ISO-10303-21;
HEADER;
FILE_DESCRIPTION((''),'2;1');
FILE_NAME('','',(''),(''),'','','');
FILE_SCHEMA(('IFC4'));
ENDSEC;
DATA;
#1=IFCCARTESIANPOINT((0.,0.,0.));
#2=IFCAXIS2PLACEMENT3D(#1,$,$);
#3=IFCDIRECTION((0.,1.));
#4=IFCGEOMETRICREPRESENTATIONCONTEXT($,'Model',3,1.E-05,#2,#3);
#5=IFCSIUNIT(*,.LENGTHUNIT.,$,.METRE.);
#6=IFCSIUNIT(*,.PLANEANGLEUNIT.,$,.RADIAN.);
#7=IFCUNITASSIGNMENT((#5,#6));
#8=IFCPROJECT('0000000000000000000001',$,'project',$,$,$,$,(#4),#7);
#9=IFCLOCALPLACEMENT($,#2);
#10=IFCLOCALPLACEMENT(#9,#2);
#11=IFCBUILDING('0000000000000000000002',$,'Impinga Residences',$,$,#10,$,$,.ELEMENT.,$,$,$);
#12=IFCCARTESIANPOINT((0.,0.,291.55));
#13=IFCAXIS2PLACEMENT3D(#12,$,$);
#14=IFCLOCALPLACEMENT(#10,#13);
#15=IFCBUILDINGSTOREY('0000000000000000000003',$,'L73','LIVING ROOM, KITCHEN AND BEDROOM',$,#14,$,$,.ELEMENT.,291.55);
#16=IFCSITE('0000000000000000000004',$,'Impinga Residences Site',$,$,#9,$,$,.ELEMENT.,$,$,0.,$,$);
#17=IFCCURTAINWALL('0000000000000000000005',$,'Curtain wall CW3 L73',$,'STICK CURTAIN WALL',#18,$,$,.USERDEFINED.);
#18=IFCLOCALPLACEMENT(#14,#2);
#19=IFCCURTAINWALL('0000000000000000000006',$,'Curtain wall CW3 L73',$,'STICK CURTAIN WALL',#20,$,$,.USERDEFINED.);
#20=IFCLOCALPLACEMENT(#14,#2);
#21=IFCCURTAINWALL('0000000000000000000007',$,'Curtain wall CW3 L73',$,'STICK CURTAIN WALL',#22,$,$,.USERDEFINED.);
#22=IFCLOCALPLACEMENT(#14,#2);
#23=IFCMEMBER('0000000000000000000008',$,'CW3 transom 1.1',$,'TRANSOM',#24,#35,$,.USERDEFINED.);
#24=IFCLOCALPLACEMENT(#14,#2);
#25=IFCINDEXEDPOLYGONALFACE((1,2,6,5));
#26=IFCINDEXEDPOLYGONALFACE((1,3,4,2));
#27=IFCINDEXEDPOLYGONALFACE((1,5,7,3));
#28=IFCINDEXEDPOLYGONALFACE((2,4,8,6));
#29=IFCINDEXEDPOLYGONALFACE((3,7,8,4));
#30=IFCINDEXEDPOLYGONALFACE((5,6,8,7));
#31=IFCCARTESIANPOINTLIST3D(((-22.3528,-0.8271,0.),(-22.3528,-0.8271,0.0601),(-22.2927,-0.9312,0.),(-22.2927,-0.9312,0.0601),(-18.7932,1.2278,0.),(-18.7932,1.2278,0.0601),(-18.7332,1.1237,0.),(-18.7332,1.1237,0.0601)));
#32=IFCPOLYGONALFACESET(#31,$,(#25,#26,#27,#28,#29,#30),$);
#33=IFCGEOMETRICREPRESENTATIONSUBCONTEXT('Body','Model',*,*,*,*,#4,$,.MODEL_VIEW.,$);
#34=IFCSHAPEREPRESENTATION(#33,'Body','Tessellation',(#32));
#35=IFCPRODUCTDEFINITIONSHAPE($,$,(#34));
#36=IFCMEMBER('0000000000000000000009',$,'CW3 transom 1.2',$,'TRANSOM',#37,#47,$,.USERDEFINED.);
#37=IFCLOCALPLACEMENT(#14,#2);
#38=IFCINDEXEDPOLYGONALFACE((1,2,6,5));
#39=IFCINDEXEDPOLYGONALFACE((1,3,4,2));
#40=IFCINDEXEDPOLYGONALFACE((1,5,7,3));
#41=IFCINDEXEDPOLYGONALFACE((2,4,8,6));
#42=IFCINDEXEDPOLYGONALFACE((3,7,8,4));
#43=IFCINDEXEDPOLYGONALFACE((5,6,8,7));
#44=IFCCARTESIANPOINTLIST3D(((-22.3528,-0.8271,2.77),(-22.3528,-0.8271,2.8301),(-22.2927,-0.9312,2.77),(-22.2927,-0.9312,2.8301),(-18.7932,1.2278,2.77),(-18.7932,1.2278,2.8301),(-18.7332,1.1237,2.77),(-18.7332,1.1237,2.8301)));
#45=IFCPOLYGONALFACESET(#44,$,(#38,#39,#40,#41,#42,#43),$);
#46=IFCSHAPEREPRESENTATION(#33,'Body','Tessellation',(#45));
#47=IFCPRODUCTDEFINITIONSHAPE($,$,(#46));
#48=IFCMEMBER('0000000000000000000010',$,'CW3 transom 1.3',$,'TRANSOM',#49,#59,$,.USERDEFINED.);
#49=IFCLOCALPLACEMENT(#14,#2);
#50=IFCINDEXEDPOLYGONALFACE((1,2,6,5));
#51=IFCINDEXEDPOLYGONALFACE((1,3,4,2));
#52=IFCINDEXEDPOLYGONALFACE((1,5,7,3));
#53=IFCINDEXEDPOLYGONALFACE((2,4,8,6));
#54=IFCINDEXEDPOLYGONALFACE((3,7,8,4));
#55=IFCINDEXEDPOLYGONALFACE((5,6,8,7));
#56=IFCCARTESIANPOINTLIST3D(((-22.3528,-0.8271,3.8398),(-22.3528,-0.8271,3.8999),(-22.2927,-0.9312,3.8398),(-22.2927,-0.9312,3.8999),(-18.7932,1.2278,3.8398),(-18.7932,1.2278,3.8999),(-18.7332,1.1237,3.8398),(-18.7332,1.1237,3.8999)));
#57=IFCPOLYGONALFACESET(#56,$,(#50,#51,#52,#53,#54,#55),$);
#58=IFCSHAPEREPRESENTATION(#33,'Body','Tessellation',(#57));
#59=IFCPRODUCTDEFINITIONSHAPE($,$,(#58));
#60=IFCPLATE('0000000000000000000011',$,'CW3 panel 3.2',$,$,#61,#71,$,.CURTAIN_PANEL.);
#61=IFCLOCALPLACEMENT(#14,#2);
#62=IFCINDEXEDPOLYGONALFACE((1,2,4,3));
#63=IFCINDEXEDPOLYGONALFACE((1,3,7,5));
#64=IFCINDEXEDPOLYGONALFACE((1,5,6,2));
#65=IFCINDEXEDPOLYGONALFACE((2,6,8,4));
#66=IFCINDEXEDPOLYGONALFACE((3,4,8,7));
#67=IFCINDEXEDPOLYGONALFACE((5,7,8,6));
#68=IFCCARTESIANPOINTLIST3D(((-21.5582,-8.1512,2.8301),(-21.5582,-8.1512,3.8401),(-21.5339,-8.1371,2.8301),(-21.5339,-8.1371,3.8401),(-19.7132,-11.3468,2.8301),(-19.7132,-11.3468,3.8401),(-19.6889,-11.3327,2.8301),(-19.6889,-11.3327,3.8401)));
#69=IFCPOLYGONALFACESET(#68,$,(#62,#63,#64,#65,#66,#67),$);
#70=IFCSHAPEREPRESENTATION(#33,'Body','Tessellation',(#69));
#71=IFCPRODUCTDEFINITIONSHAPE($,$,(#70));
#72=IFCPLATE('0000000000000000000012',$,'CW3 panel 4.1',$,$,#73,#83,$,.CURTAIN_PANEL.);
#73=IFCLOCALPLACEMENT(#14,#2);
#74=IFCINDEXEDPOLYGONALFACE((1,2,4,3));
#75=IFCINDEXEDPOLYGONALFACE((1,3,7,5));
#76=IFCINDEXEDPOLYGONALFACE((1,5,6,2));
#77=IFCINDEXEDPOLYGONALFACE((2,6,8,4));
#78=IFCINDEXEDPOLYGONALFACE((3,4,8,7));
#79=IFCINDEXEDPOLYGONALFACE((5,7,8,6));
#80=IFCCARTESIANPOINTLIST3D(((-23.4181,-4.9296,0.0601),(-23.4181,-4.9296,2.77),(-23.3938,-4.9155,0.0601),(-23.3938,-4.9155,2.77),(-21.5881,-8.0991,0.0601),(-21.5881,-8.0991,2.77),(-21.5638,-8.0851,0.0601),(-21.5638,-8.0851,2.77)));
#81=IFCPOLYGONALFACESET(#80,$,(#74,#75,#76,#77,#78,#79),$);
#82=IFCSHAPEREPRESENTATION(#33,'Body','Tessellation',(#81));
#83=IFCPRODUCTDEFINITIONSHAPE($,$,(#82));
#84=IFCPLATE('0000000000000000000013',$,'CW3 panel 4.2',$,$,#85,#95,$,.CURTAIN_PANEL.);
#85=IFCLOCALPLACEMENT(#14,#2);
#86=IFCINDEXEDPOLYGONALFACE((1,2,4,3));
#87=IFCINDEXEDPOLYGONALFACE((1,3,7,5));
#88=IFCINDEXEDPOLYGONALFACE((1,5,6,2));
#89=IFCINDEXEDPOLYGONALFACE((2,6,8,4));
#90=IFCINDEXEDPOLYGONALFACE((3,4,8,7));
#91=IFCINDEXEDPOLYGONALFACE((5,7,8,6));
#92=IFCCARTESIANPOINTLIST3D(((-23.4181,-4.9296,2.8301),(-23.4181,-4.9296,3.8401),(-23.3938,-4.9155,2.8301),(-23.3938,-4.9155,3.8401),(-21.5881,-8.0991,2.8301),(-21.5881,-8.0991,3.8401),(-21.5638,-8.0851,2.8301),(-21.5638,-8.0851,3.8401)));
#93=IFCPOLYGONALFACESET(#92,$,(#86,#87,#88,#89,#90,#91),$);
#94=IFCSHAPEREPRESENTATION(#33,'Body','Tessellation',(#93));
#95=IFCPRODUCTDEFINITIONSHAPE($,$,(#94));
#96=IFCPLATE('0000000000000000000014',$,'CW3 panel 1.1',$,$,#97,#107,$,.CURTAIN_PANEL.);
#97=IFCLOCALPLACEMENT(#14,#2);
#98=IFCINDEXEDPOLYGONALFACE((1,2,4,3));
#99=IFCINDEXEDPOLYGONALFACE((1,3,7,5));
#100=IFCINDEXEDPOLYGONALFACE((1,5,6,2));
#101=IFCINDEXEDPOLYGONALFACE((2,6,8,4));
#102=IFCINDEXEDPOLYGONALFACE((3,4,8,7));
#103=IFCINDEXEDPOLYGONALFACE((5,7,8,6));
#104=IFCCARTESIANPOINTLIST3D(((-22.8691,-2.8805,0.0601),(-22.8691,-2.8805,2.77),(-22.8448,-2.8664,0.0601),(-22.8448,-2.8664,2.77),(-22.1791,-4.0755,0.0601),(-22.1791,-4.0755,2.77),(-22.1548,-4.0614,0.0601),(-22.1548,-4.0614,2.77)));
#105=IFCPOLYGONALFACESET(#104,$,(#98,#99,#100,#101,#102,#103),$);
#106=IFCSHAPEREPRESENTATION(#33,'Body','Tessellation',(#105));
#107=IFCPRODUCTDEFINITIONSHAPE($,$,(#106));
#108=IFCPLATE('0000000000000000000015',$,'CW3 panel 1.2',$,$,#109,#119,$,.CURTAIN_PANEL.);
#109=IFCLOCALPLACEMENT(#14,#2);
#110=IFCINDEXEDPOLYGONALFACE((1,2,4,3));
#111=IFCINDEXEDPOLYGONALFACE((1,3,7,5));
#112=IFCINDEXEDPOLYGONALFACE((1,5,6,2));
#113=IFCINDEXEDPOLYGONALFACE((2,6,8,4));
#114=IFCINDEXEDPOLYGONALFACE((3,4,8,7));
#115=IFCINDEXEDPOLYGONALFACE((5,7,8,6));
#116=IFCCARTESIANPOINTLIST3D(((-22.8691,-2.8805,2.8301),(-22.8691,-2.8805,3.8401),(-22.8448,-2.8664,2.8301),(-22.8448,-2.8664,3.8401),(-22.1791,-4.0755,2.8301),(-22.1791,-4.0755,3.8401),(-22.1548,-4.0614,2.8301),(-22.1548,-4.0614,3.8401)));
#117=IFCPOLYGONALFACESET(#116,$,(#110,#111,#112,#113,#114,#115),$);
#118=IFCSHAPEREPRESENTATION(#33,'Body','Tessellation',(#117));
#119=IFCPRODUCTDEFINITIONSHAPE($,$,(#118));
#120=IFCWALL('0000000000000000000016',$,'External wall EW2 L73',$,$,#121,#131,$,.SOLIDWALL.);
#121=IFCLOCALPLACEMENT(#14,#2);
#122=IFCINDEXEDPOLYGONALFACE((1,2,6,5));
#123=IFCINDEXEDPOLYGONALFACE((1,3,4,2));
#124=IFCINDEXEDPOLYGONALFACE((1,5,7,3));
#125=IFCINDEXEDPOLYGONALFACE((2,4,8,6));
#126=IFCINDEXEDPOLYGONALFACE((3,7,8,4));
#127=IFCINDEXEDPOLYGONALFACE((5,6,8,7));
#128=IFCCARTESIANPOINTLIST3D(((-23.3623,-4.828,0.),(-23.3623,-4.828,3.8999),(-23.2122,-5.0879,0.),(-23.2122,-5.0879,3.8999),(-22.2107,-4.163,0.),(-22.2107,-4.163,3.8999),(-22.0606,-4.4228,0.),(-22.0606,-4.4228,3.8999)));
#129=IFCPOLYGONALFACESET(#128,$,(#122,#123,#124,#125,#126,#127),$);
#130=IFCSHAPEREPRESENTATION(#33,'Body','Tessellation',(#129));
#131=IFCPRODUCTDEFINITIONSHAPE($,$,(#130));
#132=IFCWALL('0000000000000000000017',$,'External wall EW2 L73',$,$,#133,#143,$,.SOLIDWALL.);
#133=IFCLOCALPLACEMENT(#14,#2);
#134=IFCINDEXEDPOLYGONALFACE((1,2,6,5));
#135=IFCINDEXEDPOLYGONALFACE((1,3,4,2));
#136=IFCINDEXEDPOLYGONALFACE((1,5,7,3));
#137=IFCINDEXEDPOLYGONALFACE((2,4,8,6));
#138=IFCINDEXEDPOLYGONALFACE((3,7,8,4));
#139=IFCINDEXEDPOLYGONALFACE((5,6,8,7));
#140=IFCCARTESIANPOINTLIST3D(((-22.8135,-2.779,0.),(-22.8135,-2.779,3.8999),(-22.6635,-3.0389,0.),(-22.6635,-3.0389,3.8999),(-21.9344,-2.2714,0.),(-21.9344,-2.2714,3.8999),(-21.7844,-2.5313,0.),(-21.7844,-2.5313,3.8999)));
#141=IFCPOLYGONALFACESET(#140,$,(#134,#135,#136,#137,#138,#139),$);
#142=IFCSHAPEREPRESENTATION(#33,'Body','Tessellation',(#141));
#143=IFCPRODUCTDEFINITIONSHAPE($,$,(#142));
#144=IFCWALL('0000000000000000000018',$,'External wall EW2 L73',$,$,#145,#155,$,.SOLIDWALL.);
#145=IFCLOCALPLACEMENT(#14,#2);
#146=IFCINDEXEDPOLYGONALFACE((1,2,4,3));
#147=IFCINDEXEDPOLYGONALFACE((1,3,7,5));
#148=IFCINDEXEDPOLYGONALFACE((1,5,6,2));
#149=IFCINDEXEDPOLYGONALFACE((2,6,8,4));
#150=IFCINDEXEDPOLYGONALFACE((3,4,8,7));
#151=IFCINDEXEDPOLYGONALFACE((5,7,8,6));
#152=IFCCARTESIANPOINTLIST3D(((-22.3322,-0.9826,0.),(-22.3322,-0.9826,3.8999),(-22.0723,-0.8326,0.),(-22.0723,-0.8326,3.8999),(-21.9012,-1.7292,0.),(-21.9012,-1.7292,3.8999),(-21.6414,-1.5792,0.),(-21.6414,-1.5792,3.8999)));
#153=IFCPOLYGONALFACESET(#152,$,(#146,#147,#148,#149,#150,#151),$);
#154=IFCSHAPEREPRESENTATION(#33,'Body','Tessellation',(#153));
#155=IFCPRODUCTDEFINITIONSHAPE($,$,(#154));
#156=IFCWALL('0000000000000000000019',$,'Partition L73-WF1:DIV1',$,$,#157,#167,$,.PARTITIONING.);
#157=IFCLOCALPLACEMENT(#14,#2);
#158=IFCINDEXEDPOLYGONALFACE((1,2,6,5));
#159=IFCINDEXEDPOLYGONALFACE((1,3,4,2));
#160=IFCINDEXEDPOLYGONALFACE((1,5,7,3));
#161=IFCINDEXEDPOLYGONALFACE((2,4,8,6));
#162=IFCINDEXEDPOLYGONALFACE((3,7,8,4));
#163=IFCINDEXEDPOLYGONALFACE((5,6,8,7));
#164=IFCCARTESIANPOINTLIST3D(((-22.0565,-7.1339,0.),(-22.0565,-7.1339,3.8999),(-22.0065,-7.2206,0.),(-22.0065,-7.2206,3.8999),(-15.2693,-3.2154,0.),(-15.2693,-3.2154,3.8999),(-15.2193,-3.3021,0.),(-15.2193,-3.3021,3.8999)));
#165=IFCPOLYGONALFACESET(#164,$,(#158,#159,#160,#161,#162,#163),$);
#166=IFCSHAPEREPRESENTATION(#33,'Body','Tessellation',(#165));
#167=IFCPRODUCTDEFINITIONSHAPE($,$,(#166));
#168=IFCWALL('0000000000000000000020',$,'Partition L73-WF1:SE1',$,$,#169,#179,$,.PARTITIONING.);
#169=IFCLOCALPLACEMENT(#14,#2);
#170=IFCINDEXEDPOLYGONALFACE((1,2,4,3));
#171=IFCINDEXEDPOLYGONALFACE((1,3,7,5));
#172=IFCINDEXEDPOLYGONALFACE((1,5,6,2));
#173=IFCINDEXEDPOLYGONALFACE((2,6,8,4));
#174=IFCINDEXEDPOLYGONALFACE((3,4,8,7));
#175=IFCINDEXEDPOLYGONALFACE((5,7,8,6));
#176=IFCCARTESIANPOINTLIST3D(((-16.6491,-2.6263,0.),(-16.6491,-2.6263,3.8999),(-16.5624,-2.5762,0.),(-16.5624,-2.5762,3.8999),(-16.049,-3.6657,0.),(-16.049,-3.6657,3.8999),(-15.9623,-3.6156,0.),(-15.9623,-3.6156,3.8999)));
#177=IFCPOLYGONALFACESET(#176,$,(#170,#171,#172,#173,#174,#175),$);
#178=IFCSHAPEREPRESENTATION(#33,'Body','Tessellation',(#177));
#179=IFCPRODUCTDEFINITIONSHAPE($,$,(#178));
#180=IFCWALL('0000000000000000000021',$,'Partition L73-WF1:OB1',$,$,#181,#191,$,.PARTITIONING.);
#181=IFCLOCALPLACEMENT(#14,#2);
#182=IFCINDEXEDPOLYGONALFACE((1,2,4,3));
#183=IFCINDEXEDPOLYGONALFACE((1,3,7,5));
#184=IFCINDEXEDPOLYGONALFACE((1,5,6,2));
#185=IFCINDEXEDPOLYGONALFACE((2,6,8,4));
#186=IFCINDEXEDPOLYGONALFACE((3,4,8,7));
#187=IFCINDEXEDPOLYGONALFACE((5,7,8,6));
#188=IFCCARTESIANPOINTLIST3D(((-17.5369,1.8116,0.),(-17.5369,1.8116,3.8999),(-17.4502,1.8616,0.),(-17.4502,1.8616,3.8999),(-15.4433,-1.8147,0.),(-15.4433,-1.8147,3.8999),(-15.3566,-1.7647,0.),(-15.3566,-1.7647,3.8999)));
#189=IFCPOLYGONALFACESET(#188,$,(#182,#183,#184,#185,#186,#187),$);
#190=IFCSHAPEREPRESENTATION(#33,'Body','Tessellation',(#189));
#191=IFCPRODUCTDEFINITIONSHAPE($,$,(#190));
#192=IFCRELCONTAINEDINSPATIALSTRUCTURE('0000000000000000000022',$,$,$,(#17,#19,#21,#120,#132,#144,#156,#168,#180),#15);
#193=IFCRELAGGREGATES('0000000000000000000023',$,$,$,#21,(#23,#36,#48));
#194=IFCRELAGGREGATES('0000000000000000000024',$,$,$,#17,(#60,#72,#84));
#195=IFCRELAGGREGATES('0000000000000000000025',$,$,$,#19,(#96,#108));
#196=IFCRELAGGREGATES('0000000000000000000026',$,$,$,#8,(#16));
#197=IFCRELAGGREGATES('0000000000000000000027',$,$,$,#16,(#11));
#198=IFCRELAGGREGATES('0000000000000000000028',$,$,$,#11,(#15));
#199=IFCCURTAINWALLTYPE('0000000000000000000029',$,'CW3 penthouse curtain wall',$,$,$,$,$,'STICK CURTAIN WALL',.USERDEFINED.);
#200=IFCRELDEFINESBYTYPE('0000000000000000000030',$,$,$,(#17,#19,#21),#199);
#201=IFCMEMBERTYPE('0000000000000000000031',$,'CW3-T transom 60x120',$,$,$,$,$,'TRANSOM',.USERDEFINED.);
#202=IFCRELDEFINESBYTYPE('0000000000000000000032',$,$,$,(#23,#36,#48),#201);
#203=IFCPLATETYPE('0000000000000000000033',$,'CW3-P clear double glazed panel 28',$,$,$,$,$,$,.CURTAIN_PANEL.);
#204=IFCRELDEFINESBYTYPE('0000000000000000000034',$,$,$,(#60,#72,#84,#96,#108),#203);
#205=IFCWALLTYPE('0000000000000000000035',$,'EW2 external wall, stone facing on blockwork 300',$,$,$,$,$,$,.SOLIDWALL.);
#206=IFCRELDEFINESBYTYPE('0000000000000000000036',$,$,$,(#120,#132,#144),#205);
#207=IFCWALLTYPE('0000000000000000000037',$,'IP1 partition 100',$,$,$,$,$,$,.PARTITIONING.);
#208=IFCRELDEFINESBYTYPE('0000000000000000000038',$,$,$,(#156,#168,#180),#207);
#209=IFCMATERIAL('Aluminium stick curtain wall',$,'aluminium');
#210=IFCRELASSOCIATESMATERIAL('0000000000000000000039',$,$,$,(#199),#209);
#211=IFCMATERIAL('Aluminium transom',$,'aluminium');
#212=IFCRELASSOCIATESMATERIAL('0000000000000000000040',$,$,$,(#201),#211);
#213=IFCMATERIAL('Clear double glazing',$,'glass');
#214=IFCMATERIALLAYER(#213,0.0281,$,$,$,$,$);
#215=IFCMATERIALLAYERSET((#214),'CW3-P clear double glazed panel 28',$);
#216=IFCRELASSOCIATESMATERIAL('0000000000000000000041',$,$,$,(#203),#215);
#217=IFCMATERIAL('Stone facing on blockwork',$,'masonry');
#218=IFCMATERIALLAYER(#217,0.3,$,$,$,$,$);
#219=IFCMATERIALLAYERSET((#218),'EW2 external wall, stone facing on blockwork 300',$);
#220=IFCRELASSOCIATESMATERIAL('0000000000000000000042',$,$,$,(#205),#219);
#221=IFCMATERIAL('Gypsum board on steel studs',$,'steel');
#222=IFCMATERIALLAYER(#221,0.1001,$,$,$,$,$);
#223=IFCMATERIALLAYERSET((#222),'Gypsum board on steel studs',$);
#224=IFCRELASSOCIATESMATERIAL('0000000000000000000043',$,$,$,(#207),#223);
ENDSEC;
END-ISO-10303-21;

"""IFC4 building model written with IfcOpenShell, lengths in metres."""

from ifc_helpers import new_model, si_unit, direction, frame, frame_2d, origin, origin_2d, place, context, subcontext, project, spatial, rectangle, extrude, material, layer, layer_set, material_profile, profile_set, type_object, element, aggregate, save


model = new_model("IFC4")

# Units and contexts
model_context = context("Model", 3, precision=1e-05, world=origin(), true_north=direction((0.0, 1.0)))
body_context = subcontext(model_context, "Body", "Model", "MODEL_VIEW")
ifc_project = project(units=[si_unit("LENGTHUNIT", "METRE"), si_unit("PLANEANGLEUNIT", "RADIAN")], contexts=[model_context])

# Site, building, storey
site_placement = place(None, origin())
site = spatial("IfcSite", under=ifc_project, at=site_placement, Name="Impinga Residences Site", CompositionType="ELEMENT", RefElevation=0.0)
building_placement = place(site_placement, origin())
building = spatial("IfcBuilding", under=site, at=building_placement, Name="Impinga Residences", CompositionType="ELEMENT")
storey_placement = place(building_placement, frame((0.0, 0.0, 291.55)))
storey = spatial("IfcBuildingStorey", under=building, at=storey_placement, Name="L73", Description="LIVING ROOM, KITCHEN AND BEDROOM", CompositionType="ELEMENT", Elevation=291.55)

# Curtain walls
ifc_material_1 = material(Name="Aluminium stick curtain wall", Category="aluminium")
curtain_wall_type = type_object("IfcCurtainWallType", Name="CW3 penthouse curtain wall", ElementType="STICK CURTAIN WALL", PredefinedType="USERDEFINED", material=ifc_material_1)
curtain_wall_1_placement = place(storey_placement, origin())
curtain_wall_1 = element("IfcCurtainWall", 1, at=curtain_wall_1_placement, inside=storey, type_object=curtain_wall_type, Name="Curtain wall CW3 L73", ObjectType="STICK CURTAIN WALL", PredefinedType="USERDEFINED")
curtain_wall_2_placement = place(storey_placement, origin())
curtain_wall_2 = element("IfcCurtainWall", 2, at=curtain_wall_2_placement, inside=storey, type_object=curtain_wall_type, Name="Curtain wall CW3 L73", ObjectType="STICK CURTAIN WALL", PredefinedType="USERDEFINED")

# Curtain wall
curtain_wall_3_placement = place(storey_placement, origin())
curtain_wall_3 = element("IfcCurtainWall", 3, at=curtain_wall_3_placement, inside=storey, type_object=curtain_wall_type, Name="Curtain wall CW3 L73", ObjectType="STICK CURTAIN WALL", PredefinedType="USERDEFINED")

# Members
ifc_material_2 = material(Name="Aluminium transom", Category="aluminium")
ifc_material_profile_1 = material_profile(ifc_material_2, rectangle(XDim=0.0601, YDim=0.1201, at=origin_2d()), Name="60x120 transom")
ifc_profile_set_1 = profile_set([ifc_material_profile_1], Name="Aluminium transom")
member_type_1 = type_object("IfcMemberType", Name="CW3-T transom 60x120", ElementType="TRANSOM", PredefinedType="USERDEFINED", material=ifc_profile_set_1)
member_1_placement = place(storey_placement, frame((-22.3228, -0.8792, 0.03), z_axis=(0.866045, 0.499966, 0.0), x_axis=(0.0, 0.0, 1.0)))
member_1 = element("IfcMember", 4, at=member_1_placement, type_object=member_type_1, Name="CW3 transom 1.1", ObjectType="TRANSOM", PredefinedType="USERDEFINED", context=body_context, shape_type="SweptSolid", body=[
    extrude(rectangle(XDim=0.0601, YDim=0.1201, at=origin_2d()), origin(), (0.0, 0.0, 1.0), 4.1101),
])
member_2_placement = place(storey_placement, frame((-22.3228, -0.8792, 2.8), z_axis=(0.866045, 0.499966, 0.0), x_axis=(0.0, 0.0, 1.0)))
member_2 = element("IfcMember", 5, at=member_2_placement, type_object=member_type_1, Name="CW3 transom 1.2", ObjectType="TRANSOM", PredefinedType="USERDEFINED", context=body_context, shape_type="SweptSolid", body=[
    extrude(rectangle(XDim=0.0601, YDim=0.1201, at=origin_2d()), origin(), (0.0, 0.0, 1.0), 4.1101),
])
member_3_placement = place(storey_placement, frame((-22.3228, -0.8792, 3.8699), z_axis=(0.866045, 0.499966, 0.0), x_axis=(0.0, 0.0, 1.0)))
member_3 = element("IfcMember", 6, at=member_3_placement, type_object=member_type_1, Name="CW3 transom 1.3", ObjectType="TRANSOM", PredefinedType="USERDEFINED", context=body_context, shape_type="SweptSolid", body=[
    extrude(rectangle(XDim=0.0601, YDim=0.1201, at=origin_2d()), origin(), (0.0, 0.0, 1.0), 4.1101),
])
aggregate(curtain_wall_3, [member_1, member_2, member_3])

# Plates
ifc_material_3 = material(Name="Clear double glazing", Category="glass")
ifc_layer_1 = layer(ifc_material_3, 0.0281)
ifc_layer_set_1 = layer_set([ifc_layer_1], Name="CW3-P clear double glazed panel 28")
plate_type = type_object("IfcPlateType", Name="CW3-P clear double glazed panel 28", PredefinedType="CURTAIN_PANEL", material=ifc_layer_set_1)
plate_1_placement = place(storey_placement, frame((-20.6235, -9.7419, 2.8301), z_axis=(0.0, 0.0, 1.0), x_axis=(-0.5, 0.866025, 0.0)))
plate_1 = element("IfcPlate", 7, at=plate_1_placement, type_object=plate_type, Name="CW3 panel 3.2", PredefinedType="CURTAIN_PANEL", context=body_context, shape_type="SweptSolid", body=[
    extrude(rectangle(XDim=3.6899, YDim=0.0281, at=origin_2d()), origin(), (0.0, 0.0, 1.0), 1.01),
])
plate_2_placement = place(storey_placement, frame((-22.491, -6.5073, 0.0601), z_axis=(0.0, 0.0, 1.0), x_axis=(-0.5, 0.866025, 0.0)))
plate_2 = element("IfcPlate", 8, at=plate_2_placement, type_object=plate_type, Name="CW3 panel 4.1", PredefinedType="CURTAIN_PANEL", context=body_context, shape_type="SweptSolid", body=[
    extrude(rectangle(XDim=3.6599, YDim=0.0281, at=origin_2d()), origin(), (0.0, 0.0, 1.0), 2.71),
])
plate_3_placement = place(storey_placement, frame((-22.491, -6.5073, 2.8301), z_axis=(0.0, 0.0, 1.0), x_axis=(-0.5, 0.866025, 0.0)))
plate_3 = element("IfcPlate", 9, at=plate_3_placement, type_object=plate_type, Name="CW3 panel 4.2", PredefinedType="CURTAIN_PANEL", context=body_context, shape_type="SweptSolid", body=[
    extrude(rectangle(XDim=3.6599, YDim=0.0281, at=origin_2d()), origin(), (0.0, 0.0, 1.0), 1.01),
])
aggregate(curtain_wall_1, [plate_1, plate_2, plate_3])
plate_4_placement = place(storey_placement, frame((-22.512, -3.4709, 0.0601), z_axis=(0.0, 0.0, 1.0), x_axis=(-0.5, 0.866025, 0.0)))
plate_4 = element("IfcPlate", 10, at=plate_4_placement, type_object=plate_type, Name="CW3 panel 1.1", PredefinedType="CURTAIN_PANEL", context=body_context, shape_type="SweptSolid", body=[
    extrude(rectangle(XDim=1.3799, YDim=0.0281, at=origin_2d()), origin(), (0.0, 0.0, 1.0), 2.71),
])
plate_5_placement = place(storey_placement, frame((-22.512, -3.4709, 2.8301), z_axis=(0.0, 0.0, 1.0), x_axis=(-0.5, 0.866025, 0.0)))
plate_5 = element("IfcPlate", 11, at=plate_5_placement, type_object=plate_type, Name="CW3 panel 1.2", PredefinedType="CURTAIN_PANEL", context=body_context, shape_type="SweptSolid", body=[
    extrude(rectangle(XDim=1.3799, YDim=0.0281, at=origin_2d()), origin(), (0.0, 0.0, 1.0), 1.01),
])
aggregate(curtain_wall_2, [plate_4, plate_5])

# Walls
ifc_material_4 = material(Name="Stone facing on blockwork", Category="masonry")
ifc_layer_2 = layer(ifc_material_4, 0.3)
ifc_layer_set_2 = layer_set([ifc_layer_2], Name="EW2 external wall, stone facing on blockwork 300")
wall_type_1 = type_object("IfcWallType", Name="EW2 external wall, stone facing on blockwork 300", PredefinedType="SOLIDWALL", material=ifc_layer_set_2)
wall_1_placement = place(storey_placement, frame((-23.2874, -4.958, 0.0), z_axis=(0.0, 0.0, 1.0), x_axis=(0.865975, 0.500088, 0.0)))
element("IfcWall", 12, at=wall_1_placement, inside=storey, type_object=wall_type_1, Name="External wall EW2 L73", PredefinedType="SOLIDWALL", context=body_context, shape_type="SweptSolid", body=[
    extrude(rectangle(XDim=1.3298, YDim=0.3, at=frame_2d((0.665, 0.0))), origin(), (0.0, 0.0, 1.0), 3.8999),
])
wall_2_placement = place(storey_placement, frame((-22.7385, -2.9089, 0.0), z_axis=(0.0, 0.0, 1.0), x_axis=(0.866029, 0.499993, 0.0)))
element("IfcWall", 13, at=wall_2_placement, inside=storey, type_object=wall_type_1, Name="External wall EW2 L73", PredefinedType="SOLIDWALL", context=body_context, shape_type="SweptSolid", body=[
    extrude(rectangle(XDim=1.0151, YDim=0.3, at=frame_2d((0.5076, 0.0))), origin(), (0.0, 0.0, 1.0), 3.8999),
])
wall_3_placement = place(storey_placement, frame((-21.7712, -1.6543, 0.0), z_axis=(0.0, 0.0, 1.0), x_axis=(-0.499886, 0.866091, 0.0)))
element("IfcWall", 14, at=wall_3_placement, inside=storey, type_object=wall_type_1, Name="External wall EW2 L73", PredefinedType="SOLIDWALL", context=body_context, shape_type="SweptSolid", body=[
    extrude(rectangle(XDim=0.8621, YDim=0.3, at=frame_2d((0.4312, 0.0))), origin(), (0.0, 0.0, 1.0), 3.8999),
])
ifc_material_5 = material(Name="Gypsum board on steel studs", Category="steel")
ifc_layer_3 = layer(ifc_material_5, 0.1001)
ifc_layer_set_3 = layer_set([ifc_layer_3], Name="Gypsum board on steel studs")
wall_type_2 = type_object("IfcWallType", Name="IP1 partition 100", PredefinedType="PARTITIONING", material=ifc_layer_set_3)
wall_4_placement = place(storey_placement, frame((-15.2444, -3.2588, 0.0), z_axis=(0.0, 0.0, 1.0), x_axis=(-0.86603, -0.499992, 0.0)))
element("IfcWall", 15, at=wall_4_placement, inside=storey, type_object=wall_type_2, Name="Partition L73-WF1:DIV1", PredefinedType="PARTITIONING", context=body_context, shape_type="SweptSolid", body=[
    extrude(rectangle(XDim=7.8372, YDim=0.1001, at=frame_2d((3.9185, 0.0))), origin(), (0.0, 0.0, 1.0), 3.8999),
])
wall_5_placement = place(storey_placement, frame((-16.0056, -3.6406, 0.0), z_axis=(0.0, 0.0, 1.0), x_axis=(-0.500034, 0.866006, 0.0)))
element("IfcWall", 16, at=wall_5_placement, inside=storey, type_object=wall_type_2, Name="Partition L73-WF1:SE1", PredefinedType="PARTITIONING", context=body_context, shape_type="SweptSolid", body=[
    extrude(rectangle(XDim=1.2002, YDim=0.1001, at=frame_2d((0.6001, 0.0))), origin(), (0.0, 0.0, 1.0), 3.8999),
])
wall_6_placement = place(storey_placement, frame((-15.3999, -1.7898, 0.0), z_axis=(0.0, 0.0, 1.0), x_axis=(-0.499983, 0.866035, 0.0)))
element("IfcWall", 17, at=wall_6_placement, inside=storey, type_object=wall_type_2, Name="Partition L73-WF1:OB1", PredefinedType="PARTITIONING", context=body_context, shape_type="SweptSolid", body=[
    extrude(rectangle(XDim=4.1873, YDim=0.1001, at=frame_2d((2.0938, 0.0))), origin(), (0.0, 0.0, 1.0), 3.8999),
])

save(model, "model.ifc")
